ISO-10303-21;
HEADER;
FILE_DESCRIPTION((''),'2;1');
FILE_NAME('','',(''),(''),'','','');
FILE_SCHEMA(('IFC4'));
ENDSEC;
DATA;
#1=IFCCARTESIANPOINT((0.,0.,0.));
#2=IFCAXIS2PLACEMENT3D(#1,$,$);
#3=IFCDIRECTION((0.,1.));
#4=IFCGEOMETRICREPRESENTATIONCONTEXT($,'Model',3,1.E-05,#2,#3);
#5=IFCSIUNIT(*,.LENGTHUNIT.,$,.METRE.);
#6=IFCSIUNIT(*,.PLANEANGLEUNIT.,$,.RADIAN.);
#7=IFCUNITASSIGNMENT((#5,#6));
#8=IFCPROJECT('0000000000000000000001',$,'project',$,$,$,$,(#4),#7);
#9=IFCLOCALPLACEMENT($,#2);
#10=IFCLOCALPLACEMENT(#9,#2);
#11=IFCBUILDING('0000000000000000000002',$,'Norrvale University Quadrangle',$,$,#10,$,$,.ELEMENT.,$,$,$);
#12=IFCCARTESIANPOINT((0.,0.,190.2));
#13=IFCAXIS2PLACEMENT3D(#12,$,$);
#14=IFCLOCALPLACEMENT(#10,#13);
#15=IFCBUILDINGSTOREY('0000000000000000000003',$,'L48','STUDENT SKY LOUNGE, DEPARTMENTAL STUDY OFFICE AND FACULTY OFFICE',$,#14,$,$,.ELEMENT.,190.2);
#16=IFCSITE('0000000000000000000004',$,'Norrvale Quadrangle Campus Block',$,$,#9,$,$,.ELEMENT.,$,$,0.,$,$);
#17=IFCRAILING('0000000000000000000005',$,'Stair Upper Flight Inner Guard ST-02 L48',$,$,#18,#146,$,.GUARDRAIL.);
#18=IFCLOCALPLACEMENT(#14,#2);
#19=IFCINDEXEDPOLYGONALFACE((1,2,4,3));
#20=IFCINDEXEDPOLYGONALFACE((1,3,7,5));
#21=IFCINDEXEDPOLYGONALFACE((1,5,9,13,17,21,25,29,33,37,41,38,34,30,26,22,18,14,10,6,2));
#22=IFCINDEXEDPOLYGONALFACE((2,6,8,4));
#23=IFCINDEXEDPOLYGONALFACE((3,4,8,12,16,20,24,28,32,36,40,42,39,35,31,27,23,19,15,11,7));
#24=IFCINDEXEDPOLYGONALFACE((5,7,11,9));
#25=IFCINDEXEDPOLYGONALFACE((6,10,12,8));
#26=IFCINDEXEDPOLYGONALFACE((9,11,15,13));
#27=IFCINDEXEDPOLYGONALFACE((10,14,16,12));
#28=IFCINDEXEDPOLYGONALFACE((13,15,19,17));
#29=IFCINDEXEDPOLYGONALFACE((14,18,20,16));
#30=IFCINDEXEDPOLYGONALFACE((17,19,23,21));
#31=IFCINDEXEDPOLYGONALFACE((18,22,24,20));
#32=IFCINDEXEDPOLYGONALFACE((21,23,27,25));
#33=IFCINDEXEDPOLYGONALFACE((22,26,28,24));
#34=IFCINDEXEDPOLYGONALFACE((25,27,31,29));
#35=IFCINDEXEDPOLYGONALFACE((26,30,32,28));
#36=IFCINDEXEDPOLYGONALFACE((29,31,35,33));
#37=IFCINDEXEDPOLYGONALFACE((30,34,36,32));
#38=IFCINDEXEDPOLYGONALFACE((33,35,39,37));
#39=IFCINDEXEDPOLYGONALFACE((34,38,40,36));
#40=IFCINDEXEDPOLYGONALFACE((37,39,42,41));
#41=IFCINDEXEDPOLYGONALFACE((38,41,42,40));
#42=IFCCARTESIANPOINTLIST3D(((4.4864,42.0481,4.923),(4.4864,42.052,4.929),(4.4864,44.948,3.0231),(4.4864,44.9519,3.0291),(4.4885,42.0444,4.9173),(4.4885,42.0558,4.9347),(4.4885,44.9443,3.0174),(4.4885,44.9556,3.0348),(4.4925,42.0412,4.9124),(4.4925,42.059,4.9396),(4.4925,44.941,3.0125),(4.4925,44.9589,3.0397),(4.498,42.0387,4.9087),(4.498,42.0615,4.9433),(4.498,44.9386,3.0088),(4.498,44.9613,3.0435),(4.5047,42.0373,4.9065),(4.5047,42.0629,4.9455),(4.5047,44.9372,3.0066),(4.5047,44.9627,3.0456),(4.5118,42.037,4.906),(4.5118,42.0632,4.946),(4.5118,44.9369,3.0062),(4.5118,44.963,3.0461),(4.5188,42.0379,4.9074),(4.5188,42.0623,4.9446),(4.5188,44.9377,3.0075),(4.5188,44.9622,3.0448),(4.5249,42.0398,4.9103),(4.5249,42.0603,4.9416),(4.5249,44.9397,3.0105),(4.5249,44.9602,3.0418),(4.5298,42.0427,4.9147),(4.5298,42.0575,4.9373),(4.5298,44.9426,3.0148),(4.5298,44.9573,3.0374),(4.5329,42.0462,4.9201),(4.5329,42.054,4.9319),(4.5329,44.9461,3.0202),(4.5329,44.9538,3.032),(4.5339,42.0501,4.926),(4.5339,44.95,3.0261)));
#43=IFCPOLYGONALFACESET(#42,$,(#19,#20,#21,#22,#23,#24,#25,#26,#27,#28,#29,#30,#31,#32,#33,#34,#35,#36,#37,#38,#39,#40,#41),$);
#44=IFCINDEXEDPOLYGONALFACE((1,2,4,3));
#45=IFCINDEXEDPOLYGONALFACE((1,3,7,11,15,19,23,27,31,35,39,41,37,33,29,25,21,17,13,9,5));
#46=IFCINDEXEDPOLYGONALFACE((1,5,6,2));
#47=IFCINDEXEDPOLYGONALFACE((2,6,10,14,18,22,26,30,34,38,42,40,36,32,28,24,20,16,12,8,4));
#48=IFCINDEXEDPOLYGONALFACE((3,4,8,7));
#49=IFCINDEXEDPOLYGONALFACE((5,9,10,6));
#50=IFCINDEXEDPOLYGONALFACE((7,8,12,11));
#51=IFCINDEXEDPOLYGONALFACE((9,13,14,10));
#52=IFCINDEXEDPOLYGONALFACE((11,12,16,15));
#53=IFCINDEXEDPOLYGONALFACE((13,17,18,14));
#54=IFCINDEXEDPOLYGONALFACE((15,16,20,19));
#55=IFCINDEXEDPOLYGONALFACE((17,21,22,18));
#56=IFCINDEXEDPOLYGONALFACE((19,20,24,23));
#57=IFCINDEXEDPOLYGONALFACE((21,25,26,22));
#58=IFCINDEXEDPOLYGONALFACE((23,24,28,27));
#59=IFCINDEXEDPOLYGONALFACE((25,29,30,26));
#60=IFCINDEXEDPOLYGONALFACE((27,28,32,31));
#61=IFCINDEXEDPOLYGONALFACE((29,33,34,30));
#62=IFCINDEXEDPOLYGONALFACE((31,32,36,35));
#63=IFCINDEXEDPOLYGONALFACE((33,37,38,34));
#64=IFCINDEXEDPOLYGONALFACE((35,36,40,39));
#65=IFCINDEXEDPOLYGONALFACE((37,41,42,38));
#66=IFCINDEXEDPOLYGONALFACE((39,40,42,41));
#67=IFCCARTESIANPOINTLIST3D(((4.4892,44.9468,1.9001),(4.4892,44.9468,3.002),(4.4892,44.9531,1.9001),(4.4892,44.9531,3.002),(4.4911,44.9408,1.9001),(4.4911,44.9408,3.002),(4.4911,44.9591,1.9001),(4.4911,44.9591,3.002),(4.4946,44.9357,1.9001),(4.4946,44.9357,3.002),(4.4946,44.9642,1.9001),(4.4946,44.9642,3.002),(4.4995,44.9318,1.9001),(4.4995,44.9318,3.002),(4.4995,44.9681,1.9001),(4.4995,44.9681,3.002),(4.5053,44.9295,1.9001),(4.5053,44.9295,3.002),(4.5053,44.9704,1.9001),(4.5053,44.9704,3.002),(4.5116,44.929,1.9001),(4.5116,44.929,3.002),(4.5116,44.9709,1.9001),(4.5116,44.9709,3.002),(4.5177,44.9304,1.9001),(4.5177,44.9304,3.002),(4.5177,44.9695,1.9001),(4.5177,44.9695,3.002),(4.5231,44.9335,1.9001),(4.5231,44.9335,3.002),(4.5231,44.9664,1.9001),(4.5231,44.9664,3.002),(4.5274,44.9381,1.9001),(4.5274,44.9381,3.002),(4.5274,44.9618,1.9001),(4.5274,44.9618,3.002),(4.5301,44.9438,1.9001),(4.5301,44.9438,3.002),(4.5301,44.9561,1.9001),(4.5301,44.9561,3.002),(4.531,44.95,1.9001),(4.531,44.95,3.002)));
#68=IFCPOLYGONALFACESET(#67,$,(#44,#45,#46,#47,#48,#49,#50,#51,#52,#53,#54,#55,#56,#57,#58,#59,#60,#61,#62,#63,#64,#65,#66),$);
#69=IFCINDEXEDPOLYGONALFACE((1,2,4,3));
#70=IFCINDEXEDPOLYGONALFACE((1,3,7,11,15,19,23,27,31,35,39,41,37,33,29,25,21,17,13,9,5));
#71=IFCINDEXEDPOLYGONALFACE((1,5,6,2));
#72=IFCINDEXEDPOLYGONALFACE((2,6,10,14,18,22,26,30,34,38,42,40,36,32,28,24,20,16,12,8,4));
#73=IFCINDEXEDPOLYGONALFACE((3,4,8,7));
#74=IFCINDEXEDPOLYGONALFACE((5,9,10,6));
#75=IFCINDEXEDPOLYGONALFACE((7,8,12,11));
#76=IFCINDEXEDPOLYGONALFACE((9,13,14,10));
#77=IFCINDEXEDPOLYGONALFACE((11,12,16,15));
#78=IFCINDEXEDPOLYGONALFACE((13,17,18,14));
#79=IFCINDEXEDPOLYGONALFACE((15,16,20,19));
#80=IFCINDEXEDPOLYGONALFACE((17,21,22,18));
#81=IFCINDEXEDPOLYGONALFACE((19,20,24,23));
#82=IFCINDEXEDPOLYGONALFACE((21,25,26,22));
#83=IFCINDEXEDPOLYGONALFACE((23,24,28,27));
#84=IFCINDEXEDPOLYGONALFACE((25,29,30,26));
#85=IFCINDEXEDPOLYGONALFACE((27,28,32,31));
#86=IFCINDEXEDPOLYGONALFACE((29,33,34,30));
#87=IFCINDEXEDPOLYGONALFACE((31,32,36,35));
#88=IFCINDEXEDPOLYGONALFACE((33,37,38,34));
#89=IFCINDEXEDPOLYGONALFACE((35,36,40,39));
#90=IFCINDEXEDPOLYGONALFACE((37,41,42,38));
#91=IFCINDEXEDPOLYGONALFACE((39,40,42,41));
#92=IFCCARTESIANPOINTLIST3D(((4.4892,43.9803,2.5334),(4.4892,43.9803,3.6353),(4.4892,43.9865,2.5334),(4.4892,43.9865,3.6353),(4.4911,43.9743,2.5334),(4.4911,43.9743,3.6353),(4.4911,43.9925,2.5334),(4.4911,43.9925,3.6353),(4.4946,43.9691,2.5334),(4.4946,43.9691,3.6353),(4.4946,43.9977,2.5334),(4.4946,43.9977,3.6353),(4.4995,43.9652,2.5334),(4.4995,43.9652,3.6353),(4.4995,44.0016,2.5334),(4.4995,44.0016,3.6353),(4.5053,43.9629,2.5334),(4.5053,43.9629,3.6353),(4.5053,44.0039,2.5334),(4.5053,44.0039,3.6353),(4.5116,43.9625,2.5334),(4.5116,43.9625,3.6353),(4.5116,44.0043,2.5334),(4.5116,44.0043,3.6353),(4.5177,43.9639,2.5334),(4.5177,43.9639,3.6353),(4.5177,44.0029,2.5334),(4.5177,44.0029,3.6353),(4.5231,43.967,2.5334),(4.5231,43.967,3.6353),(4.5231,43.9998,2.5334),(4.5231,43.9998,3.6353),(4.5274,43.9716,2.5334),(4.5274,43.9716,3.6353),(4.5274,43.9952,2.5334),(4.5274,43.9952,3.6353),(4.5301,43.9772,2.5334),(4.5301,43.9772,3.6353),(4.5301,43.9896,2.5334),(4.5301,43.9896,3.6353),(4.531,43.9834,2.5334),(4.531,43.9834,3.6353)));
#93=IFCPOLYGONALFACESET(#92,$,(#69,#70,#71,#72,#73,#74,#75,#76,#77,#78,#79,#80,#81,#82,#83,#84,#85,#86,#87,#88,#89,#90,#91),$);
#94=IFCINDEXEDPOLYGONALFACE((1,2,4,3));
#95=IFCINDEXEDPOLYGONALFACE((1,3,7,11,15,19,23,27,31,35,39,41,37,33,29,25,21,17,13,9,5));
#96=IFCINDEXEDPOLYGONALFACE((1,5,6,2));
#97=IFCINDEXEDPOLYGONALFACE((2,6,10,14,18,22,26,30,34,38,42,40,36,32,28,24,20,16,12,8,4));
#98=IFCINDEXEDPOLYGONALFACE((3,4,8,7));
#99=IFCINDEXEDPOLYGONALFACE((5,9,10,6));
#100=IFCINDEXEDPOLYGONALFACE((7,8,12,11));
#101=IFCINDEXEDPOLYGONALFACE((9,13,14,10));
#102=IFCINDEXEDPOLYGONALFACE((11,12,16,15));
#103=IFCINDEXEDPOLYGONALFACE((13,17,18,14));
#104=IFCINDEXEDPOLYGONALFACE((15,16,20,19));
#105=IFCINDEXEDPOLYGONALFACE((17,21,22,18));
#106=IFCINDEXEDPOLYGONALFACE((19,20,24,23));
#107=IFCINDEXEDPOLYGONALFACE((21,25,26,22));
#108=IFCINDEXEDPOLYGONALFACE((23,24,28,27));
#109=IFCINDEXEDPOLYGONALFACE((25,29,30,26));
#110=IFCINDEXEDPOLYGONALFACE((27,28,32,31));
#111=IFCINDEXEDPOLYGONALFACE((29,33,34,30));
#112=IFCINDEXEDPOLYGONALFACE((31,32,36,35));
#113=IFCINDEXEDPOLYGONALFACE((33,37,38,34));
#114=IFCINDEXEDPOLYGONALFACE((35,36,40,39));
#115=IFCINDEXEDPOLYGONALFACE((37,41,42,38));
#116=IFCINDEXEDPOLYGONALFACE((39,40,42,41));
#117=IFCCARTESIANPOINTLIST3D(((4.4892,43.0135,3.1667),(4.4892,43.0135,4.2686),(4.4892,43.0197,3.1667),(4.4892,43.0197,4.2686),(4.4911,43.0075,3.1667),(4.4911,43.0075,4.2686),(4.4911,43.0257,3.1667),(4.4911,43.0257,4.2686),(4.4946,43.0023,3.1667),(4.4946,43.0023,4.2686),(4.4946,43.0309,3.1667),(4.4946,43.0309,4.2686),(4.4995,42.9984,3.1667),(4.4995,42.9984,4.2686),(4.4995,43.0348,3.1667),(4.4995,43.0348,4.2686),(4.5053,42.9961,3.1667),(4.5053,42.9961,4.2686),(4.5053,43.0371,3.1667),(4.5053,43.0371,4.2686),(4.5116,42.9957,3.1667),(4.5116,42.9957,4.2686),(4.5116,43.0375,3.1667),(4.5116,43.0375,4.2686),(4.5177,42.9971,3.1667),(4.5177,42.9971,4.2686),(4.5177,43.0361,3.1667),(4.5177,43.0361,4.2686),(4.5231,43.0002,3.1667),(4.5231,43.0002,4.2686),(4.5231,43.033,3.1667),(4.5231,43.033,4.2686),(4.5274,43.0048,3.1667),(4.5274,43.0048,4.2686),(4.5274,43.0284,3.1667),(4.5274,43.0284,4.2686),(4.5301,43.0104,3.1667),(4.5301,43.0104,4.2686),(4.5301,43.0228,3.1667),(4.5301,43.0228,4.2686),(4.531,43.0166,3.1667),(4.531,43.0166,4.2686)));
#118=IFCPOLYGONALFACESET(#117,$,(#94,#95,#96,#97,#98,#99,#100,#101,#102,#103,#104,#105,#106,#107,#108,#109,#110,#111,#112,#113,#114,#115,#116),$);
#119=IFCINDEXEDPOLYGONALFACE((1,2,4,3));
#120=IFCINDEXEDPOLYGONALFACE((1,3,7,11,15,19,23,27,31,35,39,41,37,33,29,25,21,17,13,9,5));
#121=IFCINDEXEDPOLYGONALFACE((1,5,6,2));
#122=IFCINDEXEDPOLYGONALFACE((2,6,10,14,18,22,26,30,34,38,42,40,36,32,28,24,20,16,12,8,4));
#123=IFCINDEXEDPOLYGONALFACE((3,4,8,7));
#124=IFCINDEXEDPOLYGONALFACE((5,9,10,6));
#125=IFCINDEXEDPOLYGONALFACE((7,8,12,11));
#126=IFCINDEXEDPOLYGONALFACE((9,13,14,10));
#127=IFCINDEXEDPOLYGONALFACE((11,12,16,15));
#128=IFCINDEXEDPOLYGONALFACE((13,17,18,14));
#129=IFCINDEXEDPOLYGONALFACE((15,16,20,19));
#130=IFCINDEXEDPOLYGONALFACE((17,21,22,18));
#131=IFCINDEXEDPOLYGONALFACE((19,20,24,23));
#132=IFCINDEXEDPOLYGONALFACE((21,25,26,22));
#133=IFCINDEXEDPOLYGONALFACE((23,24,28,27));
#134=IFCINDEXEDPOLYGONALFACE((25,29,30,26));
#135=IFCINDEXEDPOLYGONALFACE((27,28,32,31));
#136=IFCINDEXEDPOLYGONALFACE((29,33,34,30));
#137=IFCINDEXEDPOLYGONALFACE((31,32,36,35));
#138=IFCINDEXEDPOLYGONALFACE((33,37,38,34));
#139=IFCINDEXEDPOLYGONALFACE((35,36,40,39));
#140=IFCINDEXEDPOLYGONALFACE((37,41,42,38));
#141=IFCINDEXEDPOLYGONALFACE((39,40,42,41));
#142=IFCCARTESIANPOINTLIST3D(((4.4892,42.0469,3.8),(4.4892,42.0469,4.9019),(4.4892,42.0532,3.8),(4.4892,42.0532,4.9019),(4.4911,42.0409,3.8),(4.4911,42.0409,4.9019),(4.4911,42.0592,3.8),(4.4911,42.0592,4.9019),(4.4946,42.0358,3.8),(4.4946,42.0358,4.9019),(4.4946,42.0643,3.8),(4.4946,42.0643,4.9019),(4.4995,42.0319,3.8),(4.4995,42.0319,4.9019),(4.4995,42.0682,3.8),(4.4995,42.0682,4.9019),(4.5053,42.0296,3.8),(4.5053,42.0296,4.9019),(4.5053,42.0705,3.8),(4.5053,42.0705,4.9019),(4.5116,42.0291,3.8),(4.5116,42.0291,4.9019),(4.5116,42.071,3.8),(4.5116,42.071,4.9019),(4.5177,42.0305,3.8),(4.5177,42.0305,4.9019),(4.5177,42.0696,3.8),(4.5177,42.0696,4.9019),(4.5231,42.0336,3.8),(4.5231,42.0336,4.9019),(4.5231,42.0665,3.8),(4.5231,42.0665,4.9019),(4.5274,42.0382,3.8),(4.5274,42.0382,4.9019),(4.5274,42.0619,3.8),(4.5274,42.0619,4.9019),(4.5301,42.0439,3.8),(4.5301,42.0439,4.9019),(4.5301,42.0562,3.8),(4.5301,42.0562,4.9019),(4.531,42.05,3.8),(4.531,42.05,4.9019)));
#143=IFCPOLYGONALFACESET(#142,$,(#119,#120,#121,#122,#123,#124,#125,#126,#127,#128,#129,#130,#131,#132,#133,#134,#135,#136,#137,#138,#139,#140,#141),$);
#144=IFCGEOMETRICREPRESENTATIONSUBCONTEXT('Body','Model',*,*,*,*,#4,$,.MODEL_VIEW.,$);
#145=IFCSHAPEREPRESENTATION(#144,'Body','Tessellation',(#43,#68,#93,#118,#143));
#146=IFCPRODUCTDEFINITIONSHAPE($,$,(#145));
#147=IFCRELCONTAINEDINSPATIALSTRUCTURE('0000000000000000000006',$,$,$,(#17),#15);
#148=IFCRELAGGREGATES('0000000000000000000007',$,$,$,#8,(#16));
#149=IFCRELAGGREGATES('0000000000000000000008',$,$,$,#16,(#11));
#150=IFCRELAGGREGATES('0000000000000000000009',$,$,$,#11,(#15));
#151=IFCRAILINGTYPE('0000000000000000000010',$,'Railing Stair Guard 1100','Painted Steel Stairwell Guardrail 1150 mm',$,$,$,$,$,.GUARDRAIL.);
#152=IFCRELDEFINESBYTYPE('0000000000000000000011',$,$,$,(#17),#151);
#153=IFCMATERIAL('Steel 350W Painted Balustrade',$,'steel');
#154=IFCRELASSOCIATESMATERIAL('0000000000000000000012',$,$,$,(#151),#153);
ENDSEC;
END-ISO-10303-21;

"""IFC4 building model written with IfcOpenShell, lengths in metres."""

from ifc_helpers import new_model, si_unit, direction, frame, origin, origin_2d, place, context, subcontext, project, spatial, circle, extrude, material, type_object, element, save


model = new_model("IFC4")

# Units and contexts
model_context = context("Model", 3, precision=1e-05, world=origin(), true_north=direction((0.0, 1.0)))
body_context = subcontext(model_context, "Body", "Model", "MODEL_VIEW")
ifc_project = project(units=[si_unit("LENGTHUNIT", "METRE"), si_unit("PLANEANGLEUNIT", "RADIAN")], contexts=[model_context])

# Site, building, storey
site_placement = place(None, origin())
site = spatial("IfcSite", under=ifc_project, at=site_placement, Name="Norrvale Quadrangle Campus Block", CompositionType="ELEMENT", RefElevation=0.0)
building_placement = place(site_placement, origin())
building = spatial("IfcBuilding", under=site, at=building_placement, Name="Norrvale University Quadrangle", CompositionType="ELEMENT")
storey_placement = place(building_placement, frame((0.0, 0.0, 190.2)))
storey = spatial("IfcBuildingStorey", under=building, at=storey_placement, Name="L48", Description="STUDENT SKY LOUNGE, DEPARTMENTAL STUDY OFFICE AND FACULTY OFFICE", CompositionType="ELEMENT", Elevation=190.2)

# Railing
ifc_material_1 = material(Name="Steel 350W Painted Balustrade", Category="steel")
railing_type_1 = type_object("IfcRailingType", Name="Railing Stair Guard 1100", Description="Painted Steel Stairwell Guardrail 1150 mm", PredefinedType="GUARDRAIL", material=ifc_material_1)
railing_1_placement = place(storey_placement, frame((4.51, 44.95, 1.9001)))
element("IfcRailing", 1, at=railing_1_placement, inside=storey, type_object=railing_type_1, Name="Stair Upper Flight Inner Guard ST-02 L48", PredefinedType="GUARDRAIL", context=body_context, shape_type="SweptSolid", body=[
    extrude(circle(Radius=0.0239, at=origin_2d()), frame((0.0, 0.0, 1.126), z_axis=(0.0, -0.836466, 0.548019), x_axis=(1.0, 0.0, 0.0)), (0.0, 0.0, 1.0), 3.4668),
    extrude(circle(Radius=0.021, at=origin_2d()), origin(), (0.0, 0.0, 1.0), 1.1018),
    extrude(circle(Radius=0.021, at=origin_2d()), frame((0.0, -0.9666, 0.6333)), (0.0, 0.0, 1.0), 1.1018),
    extrude(circle(Radius=0.021, at=origin_2d()), frame((0.0, -1.9333, 1.2666)), (0.0, 0.0, 1.0), 1.1018),
    extrude(circle(Radius=0.021, at=origin_2d()), frame((0.0, -2.8999, 1.8999)), (0.0, 0.0, 1.0), 1.1018),
])

save(model, "model.ifc")
